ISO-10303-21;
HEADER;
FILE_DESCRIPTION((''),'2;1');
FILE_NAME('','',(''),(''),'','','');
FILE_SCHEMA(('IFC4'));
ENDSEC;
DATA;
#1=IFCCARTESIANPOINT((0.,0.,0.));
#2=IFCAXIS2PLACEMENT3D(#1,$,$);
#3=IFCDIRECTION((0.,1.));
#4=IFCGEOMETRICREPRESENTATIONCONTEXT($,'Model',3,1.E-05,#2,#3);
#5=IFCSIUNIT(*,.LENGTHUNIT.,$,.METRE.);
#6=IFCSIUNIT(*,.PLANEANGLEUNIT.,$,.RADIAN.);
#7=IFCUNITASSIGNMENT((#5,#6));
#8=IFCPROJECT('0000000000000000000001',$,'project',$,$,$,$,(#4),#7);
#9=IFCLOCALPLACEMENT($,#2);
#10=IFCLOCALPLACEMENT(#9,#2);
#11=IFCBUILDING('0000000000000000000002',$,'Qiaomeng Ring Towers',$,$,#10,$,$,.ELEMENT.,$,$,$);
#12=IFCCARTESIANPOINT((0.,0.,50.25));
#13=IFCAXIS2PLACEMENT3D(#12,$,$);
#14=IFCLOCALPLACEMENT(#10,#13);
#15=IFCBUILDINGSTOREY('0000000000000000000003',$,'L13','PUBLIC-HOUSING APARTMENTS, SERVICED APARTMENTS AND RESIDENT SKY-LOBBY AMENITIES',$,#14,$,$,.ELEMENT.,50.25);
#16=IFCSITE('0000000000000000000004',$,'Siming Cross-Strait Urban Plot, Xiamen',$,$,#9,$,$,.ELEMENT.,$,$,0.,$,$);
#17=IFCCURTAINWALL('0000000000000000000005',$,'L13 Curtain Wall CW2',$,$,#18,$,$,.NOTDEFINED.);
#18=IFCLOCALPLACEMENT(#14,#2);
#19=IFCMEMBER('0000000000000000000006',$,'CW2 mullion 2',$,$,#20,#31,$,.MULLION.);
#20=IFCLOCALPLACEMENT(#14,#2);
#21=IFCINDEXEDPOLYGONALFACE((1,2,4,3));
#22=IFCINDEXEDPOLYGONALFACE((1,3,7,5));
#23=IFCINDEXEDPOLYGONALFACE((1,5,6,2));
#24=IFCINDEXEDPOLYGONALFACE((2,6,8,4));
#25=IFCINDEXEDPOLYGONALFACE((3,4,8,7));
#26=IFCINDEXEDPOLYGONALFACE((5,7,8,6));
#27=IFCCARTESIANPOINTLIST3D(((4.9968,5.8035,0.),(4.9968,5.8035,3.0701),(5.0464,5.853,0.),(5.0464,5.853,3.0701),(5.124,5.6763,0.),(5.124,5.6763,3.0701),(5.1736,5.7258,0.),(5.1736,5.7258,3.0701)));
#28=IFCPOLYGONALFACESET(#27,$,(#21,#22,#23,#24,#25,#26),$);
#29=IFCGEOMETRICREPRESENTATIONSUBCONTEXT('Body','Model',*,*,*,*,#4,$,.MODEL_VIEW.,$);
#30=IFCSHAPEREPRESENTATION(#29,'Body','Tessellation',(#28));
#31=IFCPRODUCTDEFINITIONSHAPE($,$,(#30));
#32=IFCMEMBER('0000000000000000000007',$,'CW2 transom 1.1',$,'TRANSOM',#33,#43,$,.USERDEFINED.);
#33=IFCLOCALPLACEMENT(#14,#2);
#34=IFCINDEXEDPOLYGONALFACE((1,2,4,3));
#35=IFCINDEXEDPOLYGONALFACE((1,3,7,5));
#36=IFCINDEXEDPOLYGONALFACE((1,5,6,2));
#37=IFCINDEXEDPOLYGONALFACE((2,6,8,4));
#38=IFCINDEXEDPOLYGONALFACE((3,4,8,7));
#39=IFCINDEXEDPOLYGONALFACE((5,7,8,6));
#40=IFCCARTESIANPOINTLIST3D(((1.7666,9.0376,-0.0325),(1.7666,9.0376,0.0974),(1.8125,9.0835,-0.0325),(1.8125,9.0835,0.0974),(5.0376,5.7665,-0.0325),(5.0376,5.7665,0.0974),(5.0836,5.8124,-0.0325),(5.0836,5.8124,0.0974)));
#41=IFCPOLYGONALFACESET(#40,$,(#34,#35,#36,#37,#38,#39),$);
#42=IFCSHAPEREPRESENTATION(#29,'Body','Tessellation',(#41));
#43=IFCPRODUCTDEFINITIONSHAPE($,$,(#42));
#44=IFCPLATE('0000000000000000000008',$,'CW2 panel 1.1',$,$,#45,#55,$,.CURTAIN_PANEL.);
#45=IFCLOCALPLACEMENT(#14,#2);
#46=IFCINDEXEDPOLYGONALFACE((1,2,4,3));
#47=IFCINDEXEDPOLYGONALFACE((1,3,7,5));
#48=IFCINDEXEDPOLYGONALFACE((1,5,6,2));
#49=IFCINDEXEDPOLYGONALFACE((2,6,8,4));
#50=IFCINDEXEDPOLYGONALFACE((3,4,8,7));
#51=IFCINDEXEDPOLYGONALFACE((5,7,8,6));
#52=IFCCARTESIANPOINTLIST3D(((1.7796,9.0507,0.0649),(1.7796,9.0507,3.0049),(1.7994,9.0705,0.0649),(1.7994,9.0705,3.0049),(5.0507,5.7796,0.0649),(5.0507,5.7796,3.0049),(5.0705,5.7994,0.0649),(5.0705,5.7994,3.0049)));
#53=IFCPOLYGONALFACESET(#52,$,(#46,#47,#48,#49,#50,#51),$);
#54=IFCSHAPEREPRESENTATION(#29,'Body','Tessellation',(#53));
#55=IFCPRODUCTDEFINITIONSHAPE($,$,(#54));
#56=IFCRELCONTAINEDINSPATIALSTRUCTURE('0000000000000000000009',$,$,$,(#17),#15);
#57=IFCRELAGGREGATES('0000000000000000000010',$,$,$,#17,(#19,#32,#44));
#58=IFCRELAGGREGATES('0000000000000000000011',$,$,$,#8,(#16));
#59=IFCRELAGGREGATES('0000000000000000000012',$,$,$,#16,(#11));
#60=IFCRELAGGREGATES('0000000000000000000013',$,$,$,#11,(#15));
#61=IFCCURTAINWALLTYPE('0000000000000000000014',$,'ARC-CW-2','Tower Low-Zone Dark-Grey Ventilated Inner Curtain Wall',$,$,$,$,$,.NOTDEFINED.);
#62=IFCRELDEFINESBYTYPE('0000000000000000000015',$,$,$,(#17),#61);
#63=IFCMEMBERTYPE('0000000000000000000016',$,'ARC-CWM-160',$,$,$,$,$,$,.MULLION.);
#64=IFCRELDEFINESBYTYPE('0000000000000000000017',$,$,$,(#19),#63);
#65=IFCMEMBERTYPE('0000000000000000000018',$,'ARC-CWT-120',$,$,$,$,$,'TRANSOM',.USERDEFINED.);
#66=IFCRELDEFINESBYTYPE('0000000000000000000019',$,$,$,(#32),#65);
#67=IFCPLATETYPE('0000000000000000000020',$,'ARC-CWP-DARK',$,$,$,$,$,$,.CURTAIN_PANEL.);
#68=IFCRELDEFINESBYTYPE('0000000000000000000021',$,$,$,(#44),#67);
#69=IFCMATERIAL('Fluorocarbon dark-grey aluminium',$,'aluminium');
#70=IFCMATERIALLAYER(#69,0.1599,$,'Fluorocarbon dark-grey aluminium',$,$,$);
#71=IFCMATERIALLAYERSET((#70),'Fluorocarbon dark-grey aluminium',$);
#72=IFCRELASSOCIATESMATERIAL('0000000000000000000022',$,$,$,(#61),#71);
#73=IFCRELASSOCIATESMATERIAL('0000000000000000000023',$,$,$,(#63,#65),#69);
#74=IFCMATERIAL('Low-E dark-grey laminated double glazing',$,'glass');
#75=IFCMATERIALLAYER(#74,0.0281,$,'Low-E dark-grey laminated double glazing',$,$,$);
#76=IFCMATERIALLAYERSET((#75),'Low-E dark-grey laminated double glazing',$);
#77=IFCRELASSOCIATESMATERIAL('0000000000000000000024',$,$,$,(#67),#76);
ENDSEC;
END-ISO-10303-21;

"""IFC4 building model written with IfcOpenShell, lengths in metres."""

from ifc_helpers import new_model, si_unit, direction, frame, origin, origin_2d, place, context, subcontext, project, spatial, rectangle, extrude, source, transform, mapped, material, layer, layer_set, material_profile, profile_set, type_object, element, aggregate, save


model = new_model("IFC4")

# Units and contexts
model_context = context("Model", 3, precision=1e-05, world=origin(), true_north=direction((0.0, 1.0)))
body_context = subcontext(model_context, "Body", "Model", "MODEL_VIEW")
ifc_project = project(units=[si_unit("LENGTHUNIT", "METRE"), si_unit("PLANEANGLEUNIT", "RADIAN")], contexts=[model_context])

# Site, building, storey
site_placement = place(None, origin())
site = spatial("IfcSite", under=ifc_project, at=site_placement, Name="Siming Cross-Strait Urban Plot, Xiamen", CompositionType="ELEMENT", RefElevation=0.0)
building_placement = place(site_placement, origin())
building = spatial("IfcBuilding", under=site, at=building_placement, Name="Qiaomeng Ring Towers", CompositionType="ELEMENT")
storey_placement = place(building_placement, frame((0.0, 0.0, 50.25)))
storey = spatial("IfcBuildingStorey", under=building, at=storey_placement, Name="L13", Description="PUBLIC-HOUSING APARTMENTS, SERVICED APARTMENTS AND RESIDENT SKY-LOBBY AMENITIES", CompositionType="ELEMENT", Elevation=50.25)

# Curtain wall, members, plate
ifc_material_1 = material(Name="Fluorocarbon dark-grey aluminium", Category="aluminium")
ifc_layer_1 = layer(ifc_material_1, 0.1599, Name="Fluorocarbon dark-grey aluminium")
ifc_layer_set_1 = layer_set([ifc_layer_1], Name="Fluorocarbon dark-grey aluminium")
curtain_wall_type = type_object("IfcCurtainWallType", Name="ARC-CW-2", Description="Tower Low-Zone Dark-Grey Ventilated Inner Curtain Wall", PredefinedType="NOTDEFINED", material=ifc_layer_set_1)
curtain_wall_placement = place(storey_placement, origin())
curtain_wall = element("IfcCurtainWall", 1, at=curtain_wall_placement, inside=storey, type_object=curtain_wall_type, Name="L13 Curtain Wall CW2", PredefinedType="NOTDEFINED")
ifc_material_profile_1 = material_profile(ifc_material_1, rectangle(XDim=0.0701, YDim=0.1799, at=origin_2d()), Name="ALU MULL 70x180")
ifc_profile_set_1 = profile_set([ifc_material_profile_1], Name="Fluorocarbon dark-grey aluminium")
member_type_1 = type_object("IfcMemberType", Name="ARC-CWM-160", PredefinedType="MULLION", material=ifc_profile_set_1)
shared_shape_1 = source(origin(), body_context, "Body", "SweptSolid", [
    extrude(rectangle(XDim=0.0701, YDim=0.1799, at=origin_2d()), origin(), (0.0, 0.0, 1.0), 3.0701),
])
member_1_placement = place(storey_placement, frame((5.0852, 5.7646, 0.0), z_axis=(0.0, 0.0, 1.0), x_axis=(0.707107, 0.707107, 0.0)))
member_1 = element("IfcMember", 2, at=member_1_placement, type_object=member_type_1, Name="CW2 mullion 2", PredefinedType="MULLION", context=body_context, shape_type="MappedRepresentation", body=[
    mapped(shared_shape_1, transform((0.0, 0.0, 0.0), x_axis=(1.0, 0.0, 0.0), y_axis=(0.0, 1.0, 0.0), z_axis=(0.0, 0.0, 1.0), scale=1.0)),
])
ifc_material_profile_2 = material_profile(ifc_material_1, rectangle(XDim=0.0649, YDim=0.1299, at=origin_2d()), Name="ALU TRAN 65x130")
ifc_profile_set_2 = profile_set([ifc_material_profile_2], Name="Fluorocarbon dark-grey aluminium")
member_type_2 = type_object("IfcMemberType", Name="ARC-CWT-120", ElementType="TRANSOM", PredefinedType="USERDEFINED", material=ifc_profile_set_2)
shared_shape_2 = source(origin(), body_context, "Body", "SweptSolid", [
    extrude(rectangle(XDim=0.0649, YDim=0.1299, at=origin_2d()), origin(), (0.0, 0.0, 1.0), 4.626),
])
member_2_placement = place(storey_placement, frame((1.7896, 9.0605, 0.0325), z_axis=(0.707107, -0.707107, 0.0), x_axis=(0.707107, 0.707107, 0.0)))
member_2 = element("IfcMember", 3, at=member_2_placement, type_object=member_type_2, Name="CW2 transom 1.1", ObjectType="TRANSOM", PredefinedType="USERDEFINED", context=body_context, shape_type="MappedRepresentation", body=[
    mapped(shared_shape_2, transform((0.0, 0.0, 0.0), x_axis=(1.0, 0.0, 0.0), y_axis=(0.0, 1.0, 0.0), z_axis=(0.0, 0.0, 1.0), scale=1.0)),
])
ifc_material_2 = material(Name="Low-E dark-grey laminated double glazing", Category="glass")
ifc_layer_2 = layer(ifc_material_2, 0.0281, Name="Low-E dark-grey laminated double glazing")
ifc_layer_set_2 = layer_set([ifc_layer_2], Name="Low-E dark-grey laminated double glazing")
plate_type = type_object("IfcPlateType", Name="ARC-CWP-DARK", PredefinedType="CURTAIN_PANEL", material=ifc_layer_set_2)
shared_shape_3 = source(origin(), body_context, "Body", "SweptSolid", [
    extrude(rectangle(XDim=4.626, YDim=0.0281, at=origin_2d()), origin(), (0.0, 0.0, 1.0), 2.9399),
])
plate_placement = place(storey_placement, frame((3.425, 7.425, 0.0649), z_axis=(0.0, 0.0, 1.0), x_axis=(0.707107, -0.707107, 0.0)))
plate = element("IfcPlate", 4, at=plate_placement, type_object=plate_type, Name="CW2 panel 1.1", PredefinedType="CURTAIN_PANEL", context=body_context, shape_type="MappedRepresentation", body=[
    mapped(shared_shape_3, transform((0.0, 0.0, 0.0), x_axis=(1.0, 0.0, 0.0), y_axis=(0.0, 1.0, 0.0), z_axis=(0.0, 0.0, 1.0), scale=1.0)),
])
aggregate(curtain_wall, [member_1, member_2, plate])

save(model, "model.ifc")
